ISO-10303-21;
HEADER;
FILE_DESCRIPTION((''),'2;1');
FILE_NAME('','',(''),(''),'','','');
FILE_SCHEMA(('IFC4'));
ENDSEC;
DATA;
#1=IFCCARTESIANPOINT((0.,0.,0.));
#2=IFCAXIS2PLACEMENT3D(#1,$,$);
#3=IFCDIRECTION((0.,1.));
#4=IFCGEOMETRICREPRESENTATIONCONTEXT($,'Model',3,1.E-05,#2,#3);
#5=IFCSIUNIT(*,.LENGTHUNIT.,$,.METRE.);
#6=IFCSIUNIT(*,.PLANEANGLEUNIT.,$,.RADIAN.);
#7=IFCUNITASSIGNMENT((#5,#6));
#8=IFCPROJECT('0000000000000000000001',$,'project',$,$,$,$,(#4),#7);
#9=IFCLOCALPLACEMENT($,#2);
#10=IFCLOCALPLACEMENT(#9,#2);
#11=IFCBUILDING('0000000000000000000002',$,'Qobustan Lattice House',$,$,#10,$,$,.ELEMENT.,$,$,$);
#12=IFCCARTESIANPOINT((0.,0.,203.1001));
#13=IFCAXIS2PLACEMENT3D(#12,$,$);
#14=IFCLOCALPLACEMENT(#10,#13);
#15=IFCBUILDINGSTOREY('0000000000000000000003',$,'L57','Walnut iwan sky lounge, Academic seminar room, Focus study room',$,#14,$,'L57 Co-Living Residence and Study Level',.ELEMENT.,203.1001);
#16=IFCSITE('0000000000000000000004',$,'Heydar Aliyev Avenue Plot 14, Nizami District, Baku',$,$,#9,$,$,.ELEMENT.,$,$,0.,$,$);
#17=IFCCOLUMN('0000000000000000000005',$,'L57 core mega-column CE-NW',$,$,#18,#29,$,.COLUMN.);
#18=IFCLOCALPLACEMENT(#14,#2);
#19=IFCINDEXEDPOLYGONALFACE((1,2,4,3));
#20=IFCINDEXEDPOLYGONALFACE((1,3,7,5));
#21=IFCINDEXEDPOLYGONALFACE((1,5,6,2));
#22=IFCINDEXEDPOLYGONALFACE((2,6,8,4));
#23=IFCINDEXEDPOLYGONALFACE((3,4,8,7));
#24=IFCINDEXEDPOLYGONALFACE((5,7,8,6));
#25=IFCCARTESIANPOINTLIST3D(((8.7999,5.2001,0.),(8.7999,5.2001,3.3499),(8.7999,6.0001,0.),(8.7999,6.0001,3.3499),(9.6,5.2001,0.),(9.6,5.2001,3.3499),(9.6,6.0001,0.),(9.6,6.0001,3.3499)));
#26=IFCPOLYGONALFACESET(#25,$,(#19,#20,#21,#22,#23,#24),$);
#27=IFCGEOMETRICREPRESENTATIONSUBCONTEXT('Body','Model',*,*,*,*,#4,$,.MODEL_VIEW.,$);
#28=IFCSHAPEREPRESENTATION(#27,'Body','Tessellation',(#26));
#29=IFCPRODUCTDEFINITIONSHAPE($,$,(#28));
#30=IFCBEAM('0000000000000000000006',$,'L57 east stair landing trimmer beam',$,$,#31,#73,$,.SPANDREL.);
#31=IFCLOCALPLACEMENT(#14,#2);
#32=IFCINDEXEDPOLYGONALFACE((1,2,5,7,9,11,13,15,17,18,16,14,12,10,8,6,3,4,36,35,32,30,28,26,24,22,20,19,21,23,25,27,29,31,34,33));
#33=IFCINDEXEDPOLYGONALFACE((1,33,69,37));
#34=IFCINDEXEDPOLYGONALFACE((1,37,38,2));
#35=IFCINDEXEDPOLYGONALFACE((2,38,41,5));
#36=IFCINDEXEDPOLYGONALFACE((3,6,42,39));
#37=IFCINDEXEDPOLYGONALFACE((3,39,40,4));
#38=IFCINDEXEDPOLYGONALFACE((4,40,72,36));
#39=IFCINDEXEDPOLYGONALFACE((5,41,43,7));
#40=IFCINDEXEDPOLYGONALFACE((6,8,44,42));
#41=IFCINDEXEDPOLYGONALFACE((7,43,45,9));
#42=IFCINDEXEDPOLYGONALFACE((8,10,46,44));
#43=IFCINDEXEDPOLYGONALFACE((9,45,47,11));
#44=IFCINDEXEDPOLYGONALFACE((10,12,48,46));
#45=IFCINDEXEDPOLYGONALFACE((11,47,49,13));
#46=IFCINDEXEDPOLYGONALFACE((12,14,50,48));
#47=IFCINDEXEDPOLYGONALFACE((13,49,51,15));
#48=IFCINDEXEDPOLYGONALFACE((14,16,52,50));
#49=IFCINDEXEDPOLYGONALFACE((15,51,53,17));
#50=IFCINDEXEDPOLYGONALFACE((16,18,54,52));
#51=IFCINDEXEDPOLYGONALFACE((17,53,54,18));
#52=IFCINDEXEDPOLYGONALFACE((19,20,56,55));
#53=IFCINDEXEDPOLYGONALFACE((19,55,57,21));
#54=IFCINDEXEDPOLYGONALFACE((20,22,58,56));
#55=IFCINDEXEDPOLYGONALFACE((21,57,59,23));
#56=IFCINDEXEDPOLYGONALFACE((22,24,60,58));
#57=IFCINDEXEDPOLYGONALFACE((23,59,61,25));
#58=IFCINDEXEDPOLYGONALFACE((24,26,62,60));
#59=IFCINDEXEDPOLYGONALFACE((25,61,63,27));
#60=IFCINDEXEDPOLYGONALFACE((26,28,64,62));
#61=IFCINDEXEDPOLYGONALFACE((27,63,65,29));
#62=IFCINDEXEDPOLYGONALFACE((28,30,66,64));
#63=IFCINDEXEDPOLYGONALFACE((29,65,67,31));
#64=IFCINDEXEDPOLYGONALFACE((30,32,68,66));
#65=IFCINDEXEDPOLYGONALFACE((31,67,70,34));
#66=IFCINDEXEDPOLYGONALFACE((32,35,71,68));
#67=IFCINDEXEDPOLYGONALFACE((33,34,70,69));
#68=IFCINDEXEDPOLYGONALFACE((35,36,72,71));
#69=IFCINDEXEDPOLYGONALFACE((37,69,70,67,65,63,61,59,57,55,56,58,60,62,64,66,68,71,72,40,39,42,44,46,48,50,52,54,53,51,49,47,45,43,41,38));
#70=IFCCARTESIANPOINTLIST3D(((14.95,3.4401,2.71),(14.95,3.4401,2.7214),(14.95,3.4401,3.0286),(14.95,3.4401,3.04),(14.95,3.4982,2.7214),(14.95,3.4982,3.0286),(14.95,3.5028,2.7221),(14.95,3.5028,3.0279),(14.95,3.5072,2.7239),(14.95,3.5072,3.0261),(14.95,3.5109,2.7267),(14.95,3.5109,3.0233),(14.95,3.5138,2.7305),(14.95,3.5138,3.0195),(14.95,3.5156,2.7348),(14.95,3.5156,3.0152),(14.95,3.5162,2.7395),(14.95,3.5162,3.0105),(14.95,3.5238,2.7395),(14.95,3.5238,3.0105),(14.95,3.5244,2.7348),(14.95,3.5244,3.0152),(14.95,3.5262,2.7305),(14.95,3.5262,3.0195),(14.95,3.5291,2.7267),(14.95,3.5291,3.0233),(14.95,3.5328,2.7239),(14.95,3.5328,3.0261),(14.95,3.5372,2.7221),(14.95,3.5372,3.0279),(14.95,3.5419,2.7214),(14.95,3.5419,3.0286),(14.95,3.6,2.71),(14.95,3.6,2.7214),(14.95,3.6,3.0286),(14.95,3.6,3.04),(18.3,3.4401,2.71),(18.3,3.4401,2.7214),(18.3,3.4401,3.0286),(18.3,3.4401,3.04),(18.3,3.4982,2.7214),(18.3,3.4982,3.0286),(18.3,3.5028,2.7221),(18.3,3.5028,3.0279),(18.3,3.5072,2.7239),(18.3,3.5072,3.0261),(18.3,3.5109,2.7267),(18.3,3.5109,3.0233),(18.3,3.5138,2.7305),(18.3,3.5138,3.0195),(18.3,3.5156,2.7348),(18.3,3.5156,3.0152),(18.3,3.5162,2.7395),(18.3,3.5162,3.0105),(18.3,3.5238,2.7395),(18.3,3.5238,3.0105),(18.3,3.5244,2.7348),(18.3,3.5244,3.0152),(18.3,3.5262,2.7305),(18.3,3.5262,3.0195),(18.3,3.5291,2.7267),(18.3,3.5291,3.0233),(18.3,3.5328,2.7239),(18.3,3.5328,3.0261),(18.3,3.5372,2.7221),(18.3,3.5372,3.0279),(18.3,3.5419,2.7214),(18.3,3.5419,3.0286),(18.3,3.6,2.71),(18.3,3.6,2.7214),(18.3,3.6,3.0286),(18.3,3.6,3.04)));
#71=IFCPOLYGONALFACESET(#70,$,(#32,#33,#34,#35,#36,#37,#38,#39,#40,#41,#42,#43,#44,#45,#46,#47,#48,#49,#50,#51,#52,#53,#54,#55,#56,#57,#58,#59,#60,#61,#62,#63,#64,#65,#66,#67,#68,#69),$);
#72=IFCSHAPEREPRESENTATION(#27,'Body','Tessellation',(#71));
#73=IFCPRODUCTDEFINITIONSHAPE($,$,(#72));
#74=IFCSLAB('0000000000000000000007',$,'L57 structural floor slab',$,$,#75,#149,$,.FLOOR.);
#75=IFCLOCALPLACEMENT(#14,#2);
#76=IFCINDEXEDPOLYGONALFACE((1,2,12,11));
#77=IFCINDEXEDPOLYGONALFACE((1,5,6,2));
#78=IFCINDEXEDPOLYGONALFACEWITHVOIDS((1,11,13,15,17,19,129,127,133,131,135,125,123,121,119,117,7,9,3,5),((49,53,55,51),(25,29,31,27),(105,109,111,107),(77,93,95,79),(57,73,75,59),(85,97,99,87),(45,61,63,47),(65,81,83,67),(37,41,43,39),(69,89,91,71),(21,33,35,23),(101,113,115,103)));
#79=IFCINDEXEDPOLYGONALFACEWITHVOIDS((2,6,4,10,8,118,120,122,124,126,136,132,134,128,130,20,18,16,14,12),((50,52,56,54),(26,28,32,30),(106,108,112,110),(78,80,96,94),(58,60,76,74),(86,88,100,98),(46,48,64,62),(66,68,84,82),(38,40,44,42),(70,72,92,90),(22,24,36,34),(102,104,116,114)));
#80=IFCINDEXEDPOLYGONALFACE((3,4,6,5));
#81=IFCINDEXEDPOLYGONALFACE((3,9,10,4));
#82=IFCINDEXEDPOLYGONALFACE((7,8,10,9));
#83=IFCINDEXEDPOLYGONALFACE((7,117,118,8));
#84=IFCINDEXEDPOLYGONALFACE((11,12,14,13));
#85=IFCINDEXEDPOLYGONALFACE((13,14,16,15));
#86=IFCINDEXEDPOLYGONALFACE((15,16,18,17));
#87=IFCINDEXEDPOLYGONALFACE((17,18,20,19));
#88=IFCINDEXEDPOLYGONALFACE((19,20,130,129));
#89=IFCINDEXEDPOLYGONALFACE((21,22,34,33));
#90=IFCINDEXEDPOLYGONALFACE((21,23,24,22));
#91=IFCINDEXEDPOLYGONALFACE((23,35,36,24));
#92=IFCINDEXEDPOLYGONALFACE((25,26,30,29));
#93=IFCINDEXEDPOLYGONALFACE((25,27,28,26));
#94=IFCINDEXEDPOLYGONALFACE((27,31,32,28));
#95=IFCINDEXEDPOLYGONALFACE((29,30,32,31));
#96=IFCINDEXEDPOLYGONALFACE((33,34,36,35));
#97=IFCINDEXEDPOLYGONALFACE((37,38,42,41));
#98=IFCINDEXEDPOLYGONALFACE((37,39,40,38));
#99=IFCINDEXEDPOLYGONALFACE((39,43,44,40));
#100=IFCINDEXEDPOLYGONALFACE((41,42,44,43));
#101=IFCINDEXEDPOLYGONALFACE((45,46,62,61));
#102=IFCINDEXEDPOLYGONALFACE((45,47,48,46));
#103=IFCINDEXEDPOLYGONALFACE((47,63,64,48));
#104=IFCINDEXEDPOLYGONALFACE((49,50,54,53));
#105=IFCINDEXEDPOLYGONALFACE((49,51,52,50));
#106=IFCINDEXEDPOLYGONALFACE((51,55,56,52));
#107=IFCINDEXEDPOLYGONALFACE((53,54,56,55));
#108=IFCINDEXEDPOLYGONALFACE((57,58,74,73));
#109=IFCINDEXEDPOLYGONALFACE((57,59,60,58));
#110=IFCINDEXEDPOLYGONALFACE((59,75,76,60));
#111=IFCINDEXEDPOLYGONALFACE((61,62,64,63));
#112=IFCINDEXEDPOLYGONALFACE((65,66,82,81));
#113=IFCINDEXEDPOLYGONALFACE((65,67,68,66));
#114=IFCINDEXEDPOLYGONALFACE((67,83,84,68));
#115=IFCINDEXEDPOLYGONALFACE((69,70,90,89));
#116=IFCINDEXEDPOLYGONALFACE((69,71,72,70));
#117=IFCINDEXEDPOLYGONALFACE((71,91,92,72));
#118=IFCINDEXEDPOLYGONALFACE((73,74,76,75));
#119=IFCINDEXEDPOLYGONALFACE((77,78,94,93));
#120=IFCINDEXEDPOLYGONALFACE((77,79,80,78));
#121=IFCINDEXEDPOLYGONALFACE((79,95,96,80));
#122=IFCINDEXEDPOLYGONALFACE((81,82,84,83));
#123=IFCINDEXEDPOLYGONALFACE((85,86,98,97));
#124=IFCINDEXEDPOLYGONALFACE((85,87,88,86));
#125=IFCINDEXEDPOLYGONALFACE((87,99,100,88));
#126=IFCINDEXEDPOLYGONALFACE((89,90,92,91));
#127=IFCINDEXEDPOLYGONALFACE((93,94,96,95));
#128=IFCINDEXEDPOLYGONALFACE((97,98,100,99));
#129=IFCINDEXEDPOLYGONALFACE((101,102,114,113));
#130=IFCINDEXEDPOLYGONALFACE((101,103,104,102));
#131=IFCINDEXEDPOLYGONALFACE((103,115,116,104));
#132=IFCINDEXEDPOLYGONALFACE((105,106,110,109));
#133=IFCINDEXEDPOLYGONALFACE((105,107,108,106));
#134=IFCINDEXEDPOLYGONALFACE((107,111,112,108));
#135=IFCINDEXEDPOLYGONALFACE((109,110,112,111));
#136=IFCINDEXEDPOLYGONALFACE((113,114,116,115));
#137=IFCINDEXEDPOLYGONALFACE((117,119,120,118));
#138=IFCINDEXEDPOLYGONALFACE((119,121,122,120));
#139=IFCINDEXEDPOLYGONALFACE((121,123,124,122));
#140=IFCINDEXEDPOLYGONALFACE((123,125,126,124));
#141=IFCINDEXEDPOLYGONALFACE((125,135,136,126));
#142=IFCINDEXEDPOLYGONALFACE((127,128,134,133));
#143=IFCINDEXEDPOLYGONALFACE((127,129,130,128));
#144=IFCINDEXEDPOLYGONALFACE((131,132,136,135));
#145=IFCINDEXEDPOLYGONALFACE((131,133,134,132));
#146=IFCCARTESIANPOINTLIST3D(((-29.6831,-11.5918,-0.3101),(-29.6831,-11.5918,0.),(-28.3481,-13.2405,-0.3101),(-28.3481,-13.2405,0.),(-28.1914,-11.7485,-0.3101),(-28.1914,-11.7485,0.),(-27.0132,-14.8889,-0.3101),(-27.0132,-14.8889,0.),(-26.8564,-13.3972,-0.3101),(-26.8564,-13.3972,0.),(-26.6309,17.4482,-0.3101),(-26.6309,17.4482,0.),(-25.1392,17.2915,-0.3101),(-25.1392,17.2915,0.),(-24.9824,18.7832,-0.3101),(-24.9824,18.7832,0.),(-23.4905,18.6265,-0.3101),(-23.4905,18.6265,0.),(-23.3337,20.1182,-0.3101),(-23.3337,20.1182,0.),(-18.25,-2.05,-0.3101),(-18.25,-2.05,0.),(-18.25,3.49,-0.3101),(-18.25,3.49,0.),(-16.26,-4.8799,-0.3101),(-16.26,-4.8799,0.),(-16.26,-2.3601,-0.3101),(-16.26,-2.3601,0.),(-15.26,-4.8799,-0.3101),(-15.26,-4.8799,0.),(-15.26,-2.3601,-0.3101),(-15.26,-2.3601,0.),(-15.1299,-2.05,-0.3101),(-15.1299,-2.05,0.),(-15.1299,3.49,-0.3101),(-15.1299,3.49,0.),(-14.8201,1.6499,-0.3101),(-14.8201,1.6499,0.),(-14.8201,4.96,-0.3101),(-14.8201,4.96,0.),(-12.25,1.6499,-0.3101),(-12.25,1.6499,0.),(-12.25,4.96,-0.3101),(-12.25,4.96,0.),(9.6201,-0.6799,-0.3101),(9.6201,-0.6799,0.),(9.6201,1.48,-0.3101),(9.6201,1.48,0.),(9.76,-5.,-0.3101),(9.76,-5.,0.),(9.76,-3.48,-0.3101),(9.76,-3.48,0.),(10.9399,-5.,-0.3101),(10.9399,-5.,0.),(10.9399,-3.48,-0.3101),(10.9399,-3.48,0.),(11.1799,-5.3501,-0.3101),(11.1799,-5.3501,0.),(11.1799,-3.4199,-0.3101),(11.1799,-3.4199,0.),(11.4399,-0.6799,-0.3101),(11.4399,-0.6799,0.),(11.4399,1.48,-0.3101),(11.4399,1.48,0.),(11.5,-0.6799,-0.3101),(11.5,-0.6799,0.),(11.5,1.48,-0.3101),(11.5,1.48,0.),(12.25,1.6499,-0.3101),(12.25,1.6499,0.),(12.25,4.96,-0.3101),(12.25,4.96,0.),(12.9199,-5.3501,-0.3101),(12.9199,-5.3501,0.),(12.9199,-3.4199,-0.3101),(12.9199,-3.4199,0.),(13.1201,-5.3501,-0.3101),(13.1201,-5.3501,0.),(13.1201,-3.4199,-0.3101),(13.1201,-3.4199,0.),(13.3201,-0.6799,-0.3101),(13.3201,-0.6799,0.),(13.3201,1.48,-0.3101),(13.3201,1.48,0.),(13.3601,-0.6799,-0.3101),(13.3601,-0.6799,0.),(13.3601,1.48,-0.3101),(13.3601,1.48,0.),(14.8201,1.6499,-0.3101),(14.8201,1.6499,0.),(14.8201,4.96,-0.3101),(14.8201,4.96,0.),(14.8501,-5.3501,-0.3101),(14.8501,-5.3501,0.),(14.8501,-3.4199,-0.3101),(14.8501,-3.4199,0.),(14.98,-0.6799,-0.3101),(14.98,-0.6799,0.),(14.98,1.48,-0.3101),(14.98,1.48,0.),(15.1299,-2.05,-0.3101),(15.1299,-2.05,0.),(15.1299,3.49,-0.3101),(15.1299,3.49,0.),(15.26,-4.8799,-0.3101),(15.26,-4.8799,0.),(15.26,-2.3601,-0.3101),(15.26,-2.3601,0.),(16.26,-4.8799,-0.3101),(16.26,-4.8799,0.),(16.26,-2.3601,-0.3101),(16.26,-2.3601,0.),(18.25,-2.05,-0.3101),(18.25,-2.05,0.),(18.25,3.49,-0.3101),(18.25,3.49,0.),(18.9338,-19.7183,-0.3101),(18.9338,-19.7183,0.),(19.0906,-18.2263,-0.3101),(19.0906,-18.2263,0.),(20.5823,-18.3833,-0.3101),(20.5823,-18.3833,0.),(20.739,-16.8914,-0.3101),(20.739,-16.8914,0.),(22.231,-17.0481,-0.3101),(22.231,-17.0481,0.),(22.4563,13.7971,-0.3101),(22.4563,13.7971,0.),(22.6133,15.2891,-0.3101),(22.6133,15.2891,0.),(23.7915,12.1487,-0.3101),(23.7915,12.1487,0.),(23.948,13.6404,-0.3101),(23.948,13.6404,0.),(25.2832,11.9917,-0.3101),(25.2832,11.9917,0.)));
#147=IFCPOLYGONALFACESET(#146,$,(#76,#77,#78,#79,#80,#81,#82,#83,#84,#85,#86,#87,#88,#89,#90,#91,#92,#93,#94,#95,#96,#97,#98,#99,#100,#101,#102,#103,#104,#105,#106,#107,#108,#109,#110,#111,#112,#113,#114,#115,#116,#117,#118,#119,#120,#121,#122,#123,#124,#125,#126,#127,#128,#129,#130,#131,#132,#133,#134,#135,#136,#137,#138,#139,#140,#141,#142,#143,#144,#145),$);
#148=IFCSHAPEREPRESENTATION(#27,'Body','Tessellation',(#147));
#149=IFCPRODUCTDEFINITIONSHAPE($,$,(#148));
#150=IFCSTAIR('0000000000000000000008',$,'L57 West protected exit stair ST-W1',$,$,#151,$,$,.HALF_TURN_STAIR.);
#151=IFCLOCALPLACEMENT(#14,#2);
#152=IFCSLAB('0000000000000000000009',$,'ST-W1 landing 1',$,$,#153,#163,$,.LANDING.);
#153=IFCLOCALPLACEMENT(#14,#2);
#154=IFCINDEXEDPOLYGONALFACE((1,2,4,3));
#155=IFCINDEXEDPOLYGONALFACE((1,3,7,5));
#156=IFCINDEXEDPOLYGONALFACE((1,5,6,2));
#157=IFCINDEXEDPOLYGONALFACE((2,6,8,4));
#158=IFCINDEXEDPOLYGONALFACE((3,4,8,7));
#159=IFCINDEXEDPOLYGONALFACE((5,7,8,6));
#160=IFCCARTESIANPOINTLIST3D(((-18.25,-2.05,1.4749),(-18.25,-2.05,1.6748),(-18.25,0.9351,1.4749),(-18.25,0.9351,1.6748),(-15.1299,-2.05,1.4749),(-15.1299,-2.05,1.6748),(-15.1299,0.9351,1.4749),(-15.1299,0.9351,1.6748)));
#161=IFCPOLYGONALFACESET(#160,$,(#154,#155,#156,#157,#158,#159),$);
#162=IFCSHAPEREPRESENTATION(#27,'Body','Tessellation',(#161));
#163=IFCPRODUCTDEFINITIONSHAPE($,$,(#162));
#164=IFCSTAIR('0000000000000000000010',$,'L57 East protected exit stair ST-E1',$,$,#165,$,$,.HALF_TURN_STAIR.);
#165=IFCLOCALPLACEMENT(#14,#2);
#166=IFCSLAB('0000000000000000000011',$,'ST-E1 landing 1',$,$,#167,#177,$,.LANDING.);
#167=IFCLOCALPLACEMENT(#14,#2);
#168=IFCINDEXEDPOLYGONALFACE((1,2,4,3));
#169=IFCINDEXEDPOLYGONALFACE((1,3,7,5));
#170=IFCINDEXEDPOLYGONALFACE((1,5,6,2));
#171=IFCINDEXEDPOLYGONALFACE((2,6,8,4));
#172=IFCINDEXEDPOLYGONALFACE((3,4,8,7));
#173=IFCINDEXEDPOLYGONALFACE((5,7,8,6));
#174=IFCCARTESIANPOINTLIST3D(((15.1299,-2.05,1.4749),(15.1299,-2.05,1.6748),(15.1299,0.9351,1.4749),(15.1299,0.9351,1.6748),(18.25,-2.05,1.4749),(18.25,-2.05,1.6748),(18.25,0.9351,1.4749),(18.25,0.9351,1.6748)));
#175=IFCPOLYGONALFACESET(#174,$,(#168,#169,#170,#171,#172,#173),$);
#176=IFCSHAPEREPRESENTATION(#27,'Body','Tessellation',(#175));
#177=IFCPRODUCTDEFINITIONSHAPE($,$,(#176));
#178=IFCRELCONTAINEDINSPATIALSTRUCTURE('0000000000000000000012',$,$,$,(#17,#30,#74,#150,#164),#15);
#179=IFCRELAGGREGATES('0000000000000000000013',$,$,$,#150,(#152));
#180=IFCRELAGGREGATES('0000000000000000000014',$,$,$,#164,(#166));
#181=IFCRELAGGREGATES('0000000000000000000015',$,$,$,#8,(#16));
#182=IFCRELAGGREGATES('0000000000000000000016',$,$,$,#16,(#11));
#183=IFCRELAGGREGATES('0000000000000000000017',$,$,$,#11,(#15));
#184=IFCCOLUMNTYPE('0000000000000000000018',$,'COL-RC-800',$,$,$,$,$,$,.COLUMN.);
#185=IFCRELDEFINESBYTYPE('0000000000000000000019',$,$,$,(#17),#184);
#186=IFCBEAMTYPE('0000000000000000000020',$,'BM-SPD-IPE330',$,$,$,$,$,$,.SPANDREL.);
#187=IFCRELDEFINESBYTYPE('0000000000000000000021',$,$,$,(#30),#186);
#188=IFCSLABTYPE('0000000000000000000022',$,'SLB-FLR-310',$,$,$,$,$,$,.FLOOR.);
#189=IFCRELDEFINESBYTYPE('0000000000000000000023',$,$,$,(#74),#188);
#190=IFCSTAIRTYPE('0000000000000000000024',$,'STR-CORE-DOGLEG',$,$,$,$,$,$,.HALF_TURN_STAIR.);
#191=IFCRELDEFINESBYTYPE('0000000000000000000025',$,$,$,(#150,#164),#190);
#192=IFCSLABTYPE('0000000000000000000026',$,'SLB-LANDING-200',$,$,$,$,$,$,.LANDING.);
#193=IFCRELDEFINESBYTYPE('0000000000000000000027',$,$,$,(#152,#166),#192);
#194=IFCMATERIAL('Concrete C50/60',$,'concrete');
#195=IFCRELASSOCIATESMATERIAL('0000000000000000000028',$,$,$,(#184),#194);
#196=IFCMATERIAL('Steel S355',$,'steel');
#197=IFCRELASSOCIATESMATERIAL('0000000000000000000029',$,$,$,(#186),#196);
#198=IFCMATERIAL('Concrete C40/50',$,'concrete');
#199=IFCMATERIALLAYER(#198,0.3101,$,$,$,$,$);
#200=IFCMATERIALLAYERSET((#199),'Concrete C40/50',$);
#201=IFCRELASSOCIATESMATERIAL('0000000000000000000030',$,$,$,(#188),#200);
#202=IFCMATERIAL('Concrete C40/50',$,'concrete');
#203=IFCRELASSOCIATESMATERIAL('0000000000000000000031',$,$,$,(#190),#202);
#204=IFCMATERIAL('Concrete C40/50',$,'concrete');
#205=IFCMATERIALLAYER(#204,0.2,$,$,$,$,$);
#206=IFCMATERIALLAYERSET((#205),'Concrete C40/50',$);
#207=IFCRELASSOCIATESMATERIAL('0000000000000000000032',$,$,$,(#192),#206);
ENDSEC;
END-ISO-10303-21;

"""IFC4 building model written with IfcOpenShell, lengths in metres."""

from ifc_helpers import new_model, si_unit, direction, frame, origin, origin_2d, place, context, subcontext, project, spatial, polyline, rectangle, i_section, outline, extrude, material, layer, layer_set, material_profile, profile_set, type_object, element, aggregate, save


model = new_model("IFC4")

# Units and contexts
model_context = context("Model", 3, precision=1e-05, world=origin(), true_north=direction((0.0, 1.0)))
body_context = subcontext(model_context, "Body", "Model", "MODEL_VIEW")
ifc_project = project(units=[si_unit("LENGTHUNIT", "METRE"), si_unit("PLANEANGLEUNIT", "RADIAN")], contexts=[model_context])

# Site, building, storey
site_placement = place(None, origin())
site = spatial("IfcSite", under=ifc_project, at=site_placement, Name="Heydar Aliyev Avenue Plot 14, Nizami District, Baku", CompositionType="ELEMENT", RefElevation=0.0)
building_placement = place(site_placement, origin())
building = spatial("IfcBuilding", under=site, at=building_placement, Name="Qobustan Lattice House", CompositionType="ELEMENT")
storey_placement = place(building_placement, frame((0.0, 0.0, 203.1001)))
storey = spatial("IfcBuildingStorey", under=building, at=storey_placement, Name="L57", Description="Walnut iwan sky lounge, Academic seminar room, Focus study room", LongName="L57 Co-Living Residence and Study Level", CompositionType="ELEMENT", Elevation=203.1001)

# Column
ifc_material_1 = material(Name="Concrete C50/60", Category="concrete")
ifc_material_profile_1 = material_profile(ifc_material_1, rectangle(XDim=0.8, YDim=0.8, at=origin_2d()), Name="RC800x800")
ifc_profile_set_1 = profile_set([ifc_material_profile_1], Name="Concrete C50/60")
column_type = type_object("IfcColumnType", Name="COL-RC-800", PredefinedType="COLUMN", material=ifc_profile_set_1)
column_placement = place(storey_placement, frame((9.2, 5.6001, 0.0), z_axis=(0.0, 0.0, 1.0), x_axis=(1.0, 0.0, 0.0)))
element("IfcColumn", 1, at=column_placement, inside=storey, type_object=column_type, Name="L57 core mega-column CE-NW", PredefinedType="COLUMN", context=body_context, shape_type="SweptSolid", body=[
    extrude(rectangle(XDim=0.8, YDim=0.8, at=origin_2d()), origin(), (0.0, 0.0, 1.0), 3.3499),
])

# Beam
ifc_material_2 = material(Name="Steel S355", Category="steel")
ifc_material_profile_2 = material_profile(ifc_material_2, i_section(OverallWidth=0.1599, OverallDepth=0.3301, WebThickness=0.0076, FlangeThickness=0.0115, FilletRadius=0.0181, at=origin_2d()), Name="IPE330")
ifc_profile_set_2 = profile_set([ifc_material_profile_2], Name="Steel S355")
beam_type = type_object("IfcBeamType", Name="BM-SPD-IPE330", PredefinedType="SPANDREL", material=ifc_profile_set_2)
beam_placement = place(storey_placement, frame((14.95, 3.52, 2.875), z_axis=(1.0, 0.0, 0.0), x_axis=(0.0, 1.0, 0.0)))
element("IfcBeam", 2, at=beam_placement, inside=storey, type_object=beam_type, Name="L57 east stair landing trimmer beam", PredefinedType="SPANDREL", context=body_context, shape_type="SweptSolid", body=[
    extrude(i_section(OverallWidth=0.1599, OverallDepth=0.3301, WebThickness=0.0076, FlangeThickness=0.0115, FilletRadius=0.0181, at=origin_2d()), origin(), (0.0, 0.0, 1.0), 3.3501),
])

# Slab
ifc_material_3 = material(Name="Concrete C40/50", Category="concrete")
ifc_layer_1 = layer(ifc_material_3, 0.3101)
ifc_layer_set_1 = layer_set([ifc_layer_1], Name="Concrete C40/50")
slab_type_1 = type_object("IfcSlabType", Name="SLB-FLR-310", PredefinedType="FLOOR", material=ifc_layer_set_1)
slab_1_placement = place(storey_placement, frame((0.0, 0.0, -0.3101)))
element("IfcSlab", 3, at=slab_1_placement, inside=storey, type_object=slab_type_1, Name="L57 structural floor slab", PredefinedType="FLOOR", context=body_context, shape_type="SweptSolid", body=[
    extrude(outline(polyline([(-27.0132, -14.8889), (18.9338, -19.7183), (19.0906, -18.2263), (20.5823, -18.3833), (20.739, -16.8914), (22.231, -17.0481), (25.2832, 11.9917), (23.7915, 12.1487), (23.948, 13.6404), (22.4563, 13.7971), (22.6133, 15.2891), (-23.3337, 20.1182), (-23.4905, 18.6265), (-24.9824, 18.7832), (-25.1392, 17.2915), (-26.6309, 17.4482), (-29.6831, -11.5918), (-28.1914, -11.7485), (-28.3481, -13.2405), (-26.8564, -13.3972), (-27.0132, -14.8889)]), holes=[polyline([(-18.25, -2.05), (-18.25, 3.49), (-15.1299, 3.49), (-15.1299, -2.05), (-18.25, -2.05)]), polyline([(15.1299, -2.05), (15.1299, 3.49), (18.25, 3.49), (18.25, -2.05), (15.1299, -2.05)]), polyline([(-14.8201, 1.6499), (-14.8201, 4.96), (-12.25, 4.96), (-12.25, 1.6499), (-14.8201, 1.6499)]), polyline([(12.25, 1.6499), (12.25, 4.96), (14.8201, 4.96), (14.8201, 1.6499), (12.25, 1.6499)]), polyline([(-16.26, -4.8799), (-16.26, -2.3601), (-15.26, -2.3601), (-15.26, -4.8799), (-16.26, -4.8799)]), polyline([(15.26, -4.8799), (15.26, -2.3601), (16.26, -2.3601), (16.26, -4.8799), (15.26, -4.8799)]), polyline([(11.1799, -5.3501), (11.1799, -3.4199), (12.9199, -3.4199), (12.9199, -5.3501), (11.1799, -5.3501)]), polyline([(13.1201, -5.3501), (13.1201, -3.4199), (14.8501, -3.4199), (14.8501, -5.3501), (13.1201, -5.3501)]), polyline([(9.76, -5.0), (9.76, -3.48), (10.9399, -3.48), (10.9399, -5.0), (9.76, -5.0)]), polyline([(13.3601, -0.6799), (13.3601, 1.48), (14.98, 1.48), (14.98, -0.6799), (13.3601, -0.6799)]), polyline([(9.6201, -0.6799), (9.6201, 1.48), (11.4399, 1.48), (11.4399, -0.6799), (9.6201, -0.6799)]), polyline([(11.5, -0.6799), (11.5, 1.48), (13.3201, 1.48), (13.3201, -0.6799), (11.5, -0.6799)])]), origin(), (0.0, 0.0, 1.0), 0.3101),
])

# Stairs, slabs
ifc_material_4 = material(Name="Concrete C40/50", Category="concrete")
stair_type = type_object("IfcStairType", Name="STR-CORE-DOGLEG", PredefinedType="HALF_TURN_STAIR", material=ifc_material_4)
stair_1_placement = place(storey_placement, origin())
stair_1 = element("IfcStair", 4, at=stair_1_placement, inside=storey, type_object=stair_type, Name="L57 West protected exit stair ST-W1", PredefinedType="HALF_TURN_STAIR")
ifc_material_5 = material(Name="Concrete C40/50", Category="concrete")
ifc_layer_2 = layer(ifc_material_5, 0.2)
ifc_layer_set_2 = layer_set([ifc_layer_2], Name="Concrete C40/50")
slab_type_2 = type_object("IfcSlabType", Name="SLB-LANDING-200", PredefinedType="LANDING", material=ifc_layer_set_2)
slab_2_placement = place(storey_placement, frame((0.0, 0.0, 1.4749)))
slab_2 = element("IfcSlab", 5, at=slab_2_placement, type_object=slab_type_2, Name="ST-W1 landing 1", PredefinedType="LANDING", context=body_context, shape_type="SweptSolid", body=[
    extrude(outline(polyline([(-18.25, 0.9351), (-18.25, -2.05), (-15.1299, -2.05), (-15.1299, 0.9351), (-18.25, 0.9351)])), origin(), (0.0, 0.0, 1.0), 0.2),
])
aggregate(stair_1, [slab_2])
stair_2_placement = place(storey_placement, origin())
stair_2 = element("IfcStair", 6, at=stair_2_placement, inside=storey, type_object=stair_type, Name="L57 East protected exit stair ST-E1", PredefinedType="HALF_TURN_STAIR")
slab_3_placement = place(storey_placement, frame((0.0, 0.0, 1.4749)))
slab_3 = element("IfcSlab", 7, at=slab_3_placement, type_object=slab_type_2, Name="ST-E1 landing 1", PredefinedType="LANDING", context=body_context, shape_type="SweptSolid", body=[
    extrude(outline(polyline([(15.1299, 0.9351), (15.1299, -2.05), (18.25, -2.05), (18.25, 0.9351), (15.1299, 0.9351)])), origin(), (0.0, 0.0, 1.0), 0.2),
])

aggregate(stair_2, [slab_3])

save(model, "model.ifc")
